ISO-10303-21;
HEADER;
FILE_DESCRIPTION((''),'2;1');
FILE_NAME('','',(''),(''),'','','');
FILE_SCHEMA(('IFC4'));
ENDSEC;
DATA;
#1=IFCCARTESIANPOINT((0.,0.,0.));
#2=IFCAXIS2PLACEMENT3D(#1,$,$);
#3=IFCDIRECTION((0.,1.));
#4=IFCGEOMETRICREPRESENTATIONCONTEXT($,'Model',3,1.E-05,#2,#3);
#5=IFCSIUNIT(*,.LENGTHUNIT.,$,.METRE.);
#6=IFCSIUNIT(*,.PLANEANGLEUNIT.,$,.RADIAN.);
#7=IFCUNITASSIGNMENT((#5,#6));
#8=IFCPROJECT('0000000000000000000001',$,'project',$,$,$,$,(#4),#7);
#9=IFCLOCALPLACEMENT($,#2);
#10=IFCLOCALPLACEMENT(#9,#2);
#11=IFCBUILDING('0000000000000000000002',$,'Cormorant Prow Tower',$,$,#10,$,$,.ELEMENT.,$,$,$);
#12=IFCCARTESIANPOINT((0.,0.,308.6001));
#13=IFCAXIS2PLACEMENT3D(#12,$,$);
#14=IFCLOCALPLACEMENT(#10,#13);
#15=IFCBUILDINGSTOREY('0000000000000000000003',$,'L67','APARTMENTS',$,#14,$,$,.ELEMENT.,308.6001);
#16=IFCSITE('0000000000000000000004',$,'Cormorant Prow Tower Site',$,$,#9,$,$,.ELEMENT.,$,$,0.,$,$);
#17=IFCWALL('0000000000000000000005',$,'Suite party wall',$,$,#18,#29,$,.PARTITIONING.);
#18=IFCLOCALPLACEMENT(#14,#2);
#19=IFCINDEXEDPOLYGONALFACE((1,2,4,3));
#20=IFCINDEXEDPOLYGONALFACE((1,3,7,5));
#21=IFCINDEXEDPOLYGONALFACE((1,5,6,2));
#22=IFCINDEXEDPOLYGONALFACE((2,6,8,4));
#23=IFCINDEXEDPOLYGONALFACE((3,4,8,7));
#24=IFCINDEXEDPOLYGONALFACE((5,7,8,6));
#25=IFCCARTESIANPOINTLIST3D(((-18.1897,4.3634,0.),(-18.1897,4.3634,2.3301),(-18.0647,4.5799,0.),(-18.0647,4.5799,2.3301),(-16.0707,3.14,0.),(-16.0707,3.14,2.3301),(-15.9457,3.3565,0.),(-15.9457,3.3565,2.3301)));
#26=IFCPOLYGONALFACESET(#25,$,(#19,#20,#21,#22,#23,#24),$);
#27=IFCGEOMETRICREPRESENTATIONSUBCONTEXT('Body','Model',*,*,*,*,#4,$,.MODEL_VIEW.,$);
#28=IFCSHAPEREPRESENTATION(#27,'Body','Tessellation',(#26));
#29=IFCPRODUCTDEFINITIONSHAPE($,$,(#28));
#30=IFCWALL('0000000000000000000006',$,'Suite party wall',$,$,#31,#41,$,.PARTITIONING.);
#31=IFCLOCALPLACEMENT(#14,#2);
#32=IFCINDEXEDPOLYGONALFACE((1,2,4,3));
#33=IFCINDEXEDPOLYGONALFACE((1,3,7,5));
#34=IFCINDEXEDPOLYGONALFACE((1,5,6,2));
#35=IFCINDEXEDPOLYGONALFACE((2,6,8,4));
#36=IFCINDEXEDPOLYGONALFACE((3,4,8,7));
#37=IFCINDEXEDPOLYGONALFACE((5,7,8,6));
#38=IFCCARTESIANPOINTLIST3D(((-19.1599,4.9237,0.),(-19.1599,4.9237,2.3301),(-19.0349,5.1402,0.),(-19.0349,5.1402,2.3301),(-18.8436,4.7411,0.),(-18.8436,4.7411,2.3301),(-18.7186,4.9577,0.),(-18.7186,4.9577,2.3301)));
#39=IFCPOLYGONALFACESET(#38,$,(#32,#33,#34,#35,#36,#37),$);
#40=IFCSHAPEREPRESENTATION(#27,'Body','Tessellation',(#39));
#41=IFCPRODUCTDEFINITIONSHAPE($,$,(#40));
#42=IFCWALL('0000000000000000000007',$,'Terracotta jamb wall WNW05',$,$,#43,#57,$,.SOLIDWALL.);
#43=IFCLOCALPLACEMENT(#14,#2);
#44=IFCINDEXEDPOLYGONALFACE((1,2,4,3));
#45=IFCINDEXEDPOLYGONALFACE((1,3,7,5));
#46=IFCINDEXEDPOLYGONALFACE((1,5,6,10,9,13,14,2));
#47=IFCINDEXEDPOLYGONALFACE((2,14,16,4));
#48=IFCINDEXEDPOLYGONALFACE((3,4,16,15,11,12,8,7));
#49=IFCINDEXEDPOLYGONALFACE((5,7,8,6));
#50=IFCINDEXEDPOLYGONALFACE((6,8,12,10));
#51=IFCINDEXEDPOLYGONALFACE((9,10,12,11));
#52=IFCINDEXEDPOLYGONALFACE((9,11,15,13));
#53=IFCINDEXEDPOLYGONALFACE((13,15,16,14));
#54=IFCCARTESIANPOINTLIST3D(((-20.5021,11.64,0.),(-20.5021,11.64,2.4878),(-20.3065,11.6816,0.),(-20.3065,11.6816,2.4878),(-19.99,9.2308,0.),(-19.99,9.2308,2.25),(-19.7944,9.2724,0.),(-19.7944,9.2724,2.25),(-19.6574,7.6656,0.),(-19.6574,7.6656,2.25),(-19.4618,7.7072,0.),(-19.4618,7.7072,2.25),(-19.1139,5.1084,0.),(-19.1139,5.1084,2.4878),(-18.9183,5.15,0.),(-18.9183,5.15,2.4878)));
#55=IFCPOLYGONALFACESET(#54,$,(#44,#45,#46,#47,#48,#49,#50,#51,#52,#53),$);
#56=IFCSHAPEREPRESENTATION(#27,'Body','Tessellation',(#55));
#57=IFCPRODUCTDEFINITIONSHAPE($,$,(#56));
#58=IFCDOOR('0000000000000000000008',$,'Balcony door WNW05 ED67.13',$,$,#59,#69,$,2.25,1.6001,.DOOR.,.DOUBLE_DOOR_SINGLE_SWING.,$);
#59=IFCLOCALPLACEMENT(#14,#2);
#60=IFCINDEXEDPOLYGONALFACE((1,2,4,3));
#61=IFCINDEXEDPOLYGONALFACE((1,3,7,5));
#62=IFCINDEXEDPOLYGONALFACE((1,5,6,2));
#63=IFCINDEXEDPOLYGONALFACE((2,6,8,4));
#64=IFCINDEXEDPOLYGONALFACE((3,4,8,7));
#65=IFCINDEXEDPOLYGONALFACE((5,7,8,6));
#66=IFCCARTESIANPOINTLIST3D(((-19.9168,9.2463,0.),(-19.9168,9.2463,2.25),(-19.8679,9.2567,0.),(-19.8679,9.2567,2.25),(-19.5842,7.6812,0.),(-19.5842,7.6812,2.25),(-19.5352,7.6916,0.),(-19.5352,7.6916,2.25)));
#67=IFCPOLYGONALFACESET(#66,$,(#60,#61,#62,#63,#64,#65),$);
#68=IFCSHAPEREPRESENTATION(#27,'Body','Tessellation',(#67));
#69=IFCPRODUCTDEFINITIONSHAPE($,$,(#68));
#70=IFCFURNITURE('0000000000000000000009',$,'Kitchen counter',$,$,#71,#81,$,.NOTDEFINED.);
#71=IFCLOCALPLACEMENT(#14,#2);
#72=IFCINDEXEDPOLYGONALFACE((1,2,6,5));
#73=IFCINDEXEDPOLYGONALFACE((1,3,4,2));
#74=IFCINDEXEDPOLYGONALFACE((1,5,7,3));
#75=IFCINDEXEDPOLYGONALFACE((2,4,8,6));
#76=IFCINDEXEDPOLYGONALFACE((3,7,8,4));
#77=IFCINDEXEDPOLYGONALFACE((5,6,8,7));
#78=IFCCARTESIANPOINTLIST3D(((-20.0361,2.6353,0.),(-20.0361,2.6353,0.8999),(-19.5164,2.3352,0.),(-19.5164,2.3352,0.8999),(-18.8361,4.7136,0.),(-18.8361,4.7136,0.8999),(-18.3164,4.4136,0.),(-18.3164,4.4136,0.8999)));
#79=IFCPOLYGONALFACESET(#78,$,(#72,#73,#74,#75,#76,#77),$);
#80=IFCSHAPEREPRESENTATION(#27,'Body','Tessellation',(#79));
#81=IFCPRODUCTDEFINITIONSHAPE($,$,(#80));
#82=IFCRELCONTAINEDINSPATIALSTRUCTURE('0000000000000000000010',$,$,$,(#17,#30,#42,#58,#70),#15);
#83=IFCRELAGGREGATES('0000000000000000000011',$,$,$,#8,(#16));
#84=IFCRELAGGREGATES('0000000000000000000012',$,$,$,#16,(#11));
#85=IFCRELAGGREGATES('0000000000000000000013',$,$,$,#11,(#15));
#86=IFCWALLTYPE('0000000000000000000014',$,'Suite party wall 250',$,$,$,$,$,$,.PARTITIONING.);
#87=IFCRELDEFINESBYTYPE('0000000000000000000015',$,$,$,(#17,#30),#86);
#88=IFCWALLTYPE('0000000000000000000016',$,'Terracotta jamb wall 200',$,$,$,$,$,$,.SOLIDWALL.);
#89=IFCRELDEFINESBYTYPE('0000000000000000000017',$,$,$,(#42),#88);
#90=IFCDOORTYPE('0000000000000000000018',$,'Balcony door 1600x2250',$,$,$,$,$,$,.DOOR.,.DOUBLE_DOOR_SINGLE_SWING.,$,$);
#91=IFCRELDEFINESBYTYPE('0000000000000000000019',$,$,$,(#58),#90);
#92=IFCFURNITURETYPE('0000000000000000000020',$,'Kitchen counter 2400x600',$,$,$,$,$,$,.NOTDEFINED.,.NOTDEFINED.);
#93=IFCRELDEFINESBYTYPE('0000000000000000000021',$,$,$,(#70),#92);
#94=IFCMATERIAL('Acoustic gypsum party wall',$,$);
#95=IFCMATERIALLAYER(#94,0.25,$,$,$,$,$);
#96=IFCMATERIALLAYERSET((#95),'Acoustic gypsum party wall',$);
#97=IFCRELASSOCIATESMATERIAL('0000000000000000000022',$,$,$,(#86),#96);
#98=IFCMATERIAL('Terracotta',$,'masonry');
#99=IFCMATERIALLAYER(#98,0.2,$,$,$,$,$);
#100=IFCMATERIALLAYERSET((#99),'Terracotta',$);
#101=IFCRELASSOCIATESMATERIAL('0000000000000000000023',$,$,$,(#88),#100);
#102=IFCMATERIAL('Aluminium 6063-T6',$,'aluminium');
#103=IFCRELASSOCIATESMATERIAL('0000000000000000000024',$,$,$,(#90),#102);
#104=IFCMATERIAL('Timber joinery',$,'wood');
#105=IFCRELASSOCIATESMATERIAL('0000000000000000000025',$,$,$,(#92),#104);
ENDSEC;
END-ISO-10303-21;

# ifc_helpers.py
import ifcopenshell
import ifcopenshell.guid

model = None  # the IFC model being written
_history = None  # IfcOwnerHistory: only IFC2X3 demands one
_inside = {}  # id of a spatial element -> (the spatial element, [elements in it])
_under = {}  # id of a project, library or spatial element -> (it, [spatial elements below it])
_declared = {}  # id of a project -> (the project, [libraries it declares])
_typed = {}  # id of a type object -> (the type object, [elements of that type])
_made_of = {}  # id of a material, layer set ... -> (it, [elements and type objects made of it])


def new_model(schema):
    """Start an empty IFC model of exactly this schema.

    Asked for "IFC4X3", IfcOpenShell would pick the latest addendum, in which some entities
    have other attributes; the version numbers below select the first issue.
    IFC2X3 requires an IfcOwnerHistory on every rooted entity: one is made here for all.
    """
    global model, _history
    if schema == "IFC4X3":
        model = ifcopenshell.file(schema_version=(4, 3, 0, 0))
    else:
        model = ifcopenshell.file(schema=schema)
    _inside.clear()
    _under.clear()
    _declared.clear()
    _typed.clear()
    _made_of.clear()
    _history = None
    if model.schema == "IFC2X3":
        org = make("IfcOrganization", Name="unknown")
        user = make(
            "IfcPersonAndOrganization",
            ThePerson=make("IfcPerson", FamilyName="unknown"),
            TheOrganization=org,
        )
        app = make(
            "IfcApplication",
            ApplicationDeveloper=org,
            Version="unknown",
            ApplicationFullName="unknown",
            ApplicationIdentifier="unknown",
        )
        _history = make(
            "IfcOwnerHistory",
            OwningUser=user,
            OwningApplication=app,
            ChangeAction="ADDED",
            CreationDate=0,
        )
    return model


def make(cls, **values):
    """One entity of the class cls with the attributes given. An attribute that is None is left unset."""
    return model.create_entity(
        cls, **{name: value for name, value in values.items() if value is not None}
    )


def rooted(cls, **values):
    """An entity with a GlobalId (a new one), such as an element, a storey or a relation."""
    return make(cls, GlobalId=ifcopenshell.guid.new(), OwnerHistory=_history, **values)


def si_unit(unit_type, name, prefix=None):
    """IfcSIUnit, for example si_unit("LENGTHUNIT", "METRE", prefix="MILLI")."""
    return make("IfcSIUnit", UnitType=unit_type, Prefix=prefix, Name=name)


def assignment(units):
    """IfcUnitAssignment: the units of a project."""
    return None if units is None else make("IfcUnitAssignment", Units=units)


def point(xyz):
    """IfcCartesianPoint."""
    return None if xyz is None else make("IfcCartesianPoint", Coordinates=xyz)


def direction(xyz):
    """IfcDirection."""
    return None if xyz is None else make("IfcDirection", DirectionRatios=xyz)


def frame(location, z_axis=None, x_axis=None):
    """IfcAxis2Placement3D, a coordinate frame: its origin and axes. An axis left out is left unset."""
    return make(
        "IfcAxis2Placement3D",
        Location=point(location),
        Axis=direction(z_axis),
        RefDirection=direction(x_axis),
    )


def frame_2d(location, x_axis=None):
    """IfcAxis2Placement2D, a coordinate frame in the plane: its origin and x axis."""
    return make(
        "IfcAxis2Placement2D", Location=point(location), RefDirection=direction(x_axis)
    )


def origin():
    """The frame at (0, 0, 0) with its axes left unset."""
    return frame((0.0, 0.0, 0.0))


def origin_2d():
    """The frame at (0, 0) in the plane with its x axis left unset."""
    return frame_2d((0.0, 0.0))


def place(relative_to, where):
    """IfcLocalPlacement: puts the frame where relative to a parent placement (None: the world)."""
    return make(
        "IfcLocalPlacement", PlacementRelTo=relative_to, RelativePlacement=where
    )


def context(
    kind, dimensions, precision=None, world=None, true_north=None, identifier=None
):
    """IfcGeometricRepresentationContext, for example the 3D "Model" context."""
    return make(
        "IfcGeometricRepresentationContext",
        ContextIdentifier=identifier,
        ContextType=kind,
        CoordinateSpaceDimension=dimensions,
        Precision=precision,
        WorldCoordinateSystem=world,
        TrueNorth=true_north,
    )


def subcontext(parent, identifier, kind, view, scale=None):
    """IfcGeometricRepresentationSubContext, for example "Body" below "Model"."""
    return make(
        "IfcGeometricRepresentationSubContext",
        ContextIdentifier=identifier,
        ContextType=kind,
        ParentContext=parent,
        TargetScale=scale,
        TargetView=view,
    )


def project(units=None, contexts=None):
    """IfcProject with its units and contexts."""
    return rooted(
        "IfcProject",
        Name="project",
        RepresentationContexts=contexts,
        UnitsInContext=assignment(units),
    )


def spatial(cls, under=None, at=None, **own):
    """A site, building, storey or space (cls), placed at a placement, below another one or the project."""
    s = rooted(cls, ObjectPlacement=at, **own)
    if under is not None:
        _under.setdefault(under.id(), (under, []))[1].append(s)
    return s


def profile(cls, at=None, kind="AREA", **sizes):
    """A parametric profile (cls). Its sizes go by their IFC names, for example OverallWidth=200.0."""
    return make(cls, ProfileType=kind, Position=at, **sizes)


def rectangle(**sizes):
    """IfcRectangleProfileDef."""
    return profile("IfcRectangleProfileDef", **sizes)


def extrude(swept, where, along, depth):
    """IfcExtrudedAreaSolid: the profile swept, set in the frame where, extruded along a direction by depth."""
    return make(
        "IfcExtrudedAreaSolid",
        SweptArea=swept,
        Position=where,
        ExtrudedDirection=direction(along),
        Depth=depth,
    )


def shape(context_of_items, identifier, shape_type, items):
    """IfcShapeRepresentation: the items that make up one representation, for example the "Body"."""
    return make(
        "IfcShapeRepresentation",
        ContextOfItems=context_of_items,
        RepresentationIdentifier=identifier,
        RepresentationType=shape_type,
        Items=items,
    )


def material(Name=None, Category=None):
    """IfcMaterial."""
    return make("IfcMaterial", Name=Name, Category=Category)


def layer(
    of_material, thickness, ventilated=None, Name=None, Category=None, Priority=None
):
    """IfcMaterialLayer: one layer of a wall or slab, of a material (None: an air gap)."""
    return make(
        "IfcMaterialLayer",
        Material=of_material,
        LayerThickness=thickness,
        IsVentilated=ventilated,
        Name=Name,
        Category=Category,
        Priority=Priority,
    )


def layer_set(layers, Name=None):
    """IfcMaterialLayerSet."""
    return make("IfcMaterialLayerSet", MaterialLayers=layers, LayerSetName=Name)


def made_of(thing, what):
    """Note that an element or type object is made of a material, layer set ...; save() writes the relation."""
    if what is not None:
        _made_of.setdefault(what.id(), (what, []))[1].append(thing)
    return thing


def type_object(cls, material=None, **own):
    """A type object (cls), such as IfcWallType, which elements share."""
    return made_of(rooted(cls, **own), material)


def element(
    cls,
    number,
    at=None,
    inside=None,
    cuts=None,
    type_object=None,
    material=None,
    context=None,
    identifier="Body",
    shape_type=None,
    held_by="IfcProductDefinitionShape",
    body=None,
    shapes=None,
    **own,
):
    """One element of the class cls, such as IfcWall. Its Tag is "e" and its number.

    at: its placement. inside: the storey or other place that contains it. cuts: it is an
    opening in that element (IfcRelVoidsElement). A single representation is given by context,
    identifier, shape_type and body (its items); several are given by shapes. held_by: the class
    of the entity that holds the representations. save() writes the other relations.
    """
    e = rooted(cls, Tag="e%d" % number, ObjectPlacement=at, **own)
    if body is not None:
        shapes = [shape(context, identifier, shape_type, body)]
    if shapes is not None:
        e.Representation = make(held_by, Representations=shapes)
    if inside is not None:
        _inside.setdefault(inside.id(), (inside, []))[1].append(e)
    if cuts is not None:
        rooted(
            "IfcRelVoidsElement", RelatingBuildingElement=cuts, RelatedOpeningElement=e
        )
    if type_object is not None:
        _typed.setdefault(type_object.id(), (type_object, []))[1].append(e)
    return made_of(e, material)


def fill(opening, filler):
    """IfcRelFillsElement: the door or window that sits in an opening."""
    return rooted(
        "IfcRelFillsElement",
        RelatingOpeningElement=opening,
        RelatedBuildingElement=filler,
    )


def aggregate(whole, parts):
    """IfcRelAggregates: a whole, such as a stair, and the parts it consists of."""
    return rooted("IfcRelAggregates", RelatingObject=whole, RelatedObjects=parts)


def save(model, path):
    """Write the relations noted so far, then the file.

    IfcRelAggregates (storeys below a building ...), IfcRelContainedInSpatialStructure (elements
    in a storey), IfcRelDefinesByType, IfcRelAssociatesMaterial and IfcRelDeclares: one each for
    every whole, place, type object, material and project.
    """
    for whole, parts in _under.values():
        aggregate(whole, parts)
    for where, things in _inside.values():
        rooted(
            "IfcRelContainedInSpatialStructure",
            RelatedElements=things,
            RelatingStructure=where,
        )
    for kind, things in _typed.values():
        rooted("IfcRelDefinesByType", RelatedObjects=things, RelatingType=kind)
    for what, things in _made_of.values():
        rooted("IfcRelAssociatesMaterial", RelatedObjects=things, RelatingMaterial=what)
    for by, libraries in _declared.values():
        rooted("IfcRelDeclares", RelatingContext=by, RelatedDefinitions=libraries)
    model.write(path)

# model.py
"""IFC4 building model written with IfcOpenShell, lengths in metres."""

from ifc_helpers import new_model, si_unit, direction, frame, frame_2d, origin, origin_2d, place, context, subcontext, project, spatial, rectangle, extrude, material, layer, layer_set, type_object, element, fill, save


model = new_model("IFC4")

# Units and contexts
model_context = context("Model", 3, precision=1e-05, world=origin(), true_north=direction((0.0, 1.0)))
body_context = subcontext(model_context, "Body", "Model", "MODEL_VIEW")
ifc_project = project(units=[si_unit("LENGTHUNIT", "METRE"), si_unit("PLANEANGLEUNIT", "RADIAN")], contexts=[model_context])

# Site, building, storey
site_placement = place(None, origin())
site = spatial("IfcSite", under=ifc_project, at=site_placement, Name="Cormorant Prow Tower Site", CompositionType="ELEMENT", RefElevation=0.0)
building_placement = place(site_placement, origin())
building = spatial("IfcBuilding", under=site, at=building_placement, Name="Cormorant Prow Tower", CompositionType="ELEMENT")
storey_placement = place(building_placement, frame((0.0, 0.0, 308.6001)))
storey = spatial("IfcBuildingStorey", under=building, at=storey_placement, Name="L67", Description="APARTMENTS", CompositionType="ELEMENT", Elevation=308.6001)

# Walls
ifc_material_1 = material(Name="Acoustic gypsum party wall")
ifc_layer_1 = layer(ifc_material_1, 0.25)
ifc_layer_set_1 = layer_set([ifc_layer_1], Name="Acoustic gypsum party wall")
wall_type_1 = type_object("IfcWallType", Name="Suite party wall 250", PredefinedType="PARTITIONING", material=ifc_layer_set_1)
wall_1_placement = place(storey_placement, frame((-18.1272, 4.4717, 0.0), z_axis=(0.0, 0.0, 1.0), x_axis=(0.866018, -0.500013, 0.0)))
element("IfcWall", 1, at=wall_1_placement, inside=storey, type_object=wall_type_1, Name="Suite party wall", PredefinedType="PARTITIONING", context=body_context, shape_type="SweptSolid", body=[
    extrude(rectangle(XDim=2.4468, YDim=0.25, at=frame_2d((1.2234, 0.0))), origin(), (0.0, 0.0, 1.0), 2.3301),
])
wall_2_placement = place(storey_placement, frame((-19.0974, 5.032, 0.0), z_axis=(0.0, 0.0, 1.0), x_axis=(0.866097, -0.499877, 0.0)))
element("IfcWall", 2, at=wall_2_placement, inside=storey, type_object=wall_type_1, Name="Suite party wall", PredefinedType="PARTITIONING", context=body_context, shape_type="SweptSolid", body=[
    extrude(rectangle(XDim=0.3652, YDim=0.25, at=frame_2d((0.1826, 0.0))), origin(), (0.0, 0.0, 1.0), 2.3301),
])

# Wall, opening, door
ifc_material_2 = material(Name="Terracotta", Category="masonry")
ifc_layer_2 = layer(ifc_material_2, 0.2)
ifc_layer_set_2 = layer_set([ifc_layer_2], Name="Terracotta")
wall_type_2 = type_object("IfcWallType", Name="Terracotta jamb wall 200", PredefinedType="SOLIDWALL", material=ifc_layer_set_2)
wall_3_placement = place(storey_placement, frame((-20.4043, 11.6609, 0.0), z_axis=(0.0, 0.0, 1.0), x_axis=(0.207893, -0.978152, 0.0)))
wall_3 = element("IfcWall", 3, at=wall_3_placement, inside=storey, type_object=wall_type_2, Name="Terracotta jamb wall WNW05", PredefinedType="SOLIDWALL", context=body_context, shape_type="SweptSolid", body=[
    extrude(rectangle(XDim=6.6775, YDim=0.2, at=frame_2d((3.3389, 0.0))), origin(), (0.0, 0.0, 1.0), 2.4878),
])
opening_1_placement = place(wall_3_placement, frame((2.4631, 0.0, 0.0)))
opening_1 = element("IfcOpeningElement", 4, at=opening_1_placement, cuts=wall_3, PredefinedType="OPENING", context=body_context, shape_type="SweptSolid", body=[
    extrude(rectangle(XDim=1.6001, YDim=2.25, at=frame_2d((0.8, 1.125))), frame((0.0, 0.1099, 0.0), z_axis=(0.0, -1.0, 0.0), x_axis=(1.0, 0.0, 0.0)), (0.0, 0.0, 1.0), 0.22),
])
ifc_material_3 = material(Name="Aluminium 6063-T6", Category="aluminium")
door_type_1 = type_object("IfcDoorType", Name="Balcony door 1600x2250", OperationType="DOUBLE_DOOR_SINGLE_SWING", PredefinedType="DOOR", material=ifc_material_3)
door_1_placement = place(opening_1_placement, origin())
door_1 = element("IfcDoor", 5, at=door_1_placement, inside=storey, type_object=door_type_1, Name="Balcony door WNW05 ED67.13", OperationType="DOUBLE_DOOR_SINGLE_SWING", OverallHeight=2.25, OverallWidth=1.6001, PredefinedType="DOOR", context=body_context, shape_type="SweptSolid", body=[
    extrude(rectangle(XDim=1.6001, YDim=2.25, at=frame_2d((0.8, 1.125))), frame((0.0, 0.0249, 0.0), z_axis=(0.0, -1.0, 0.0), x_axis=(1.0, 0.0, 0.0)), (0.0, 0.0, 1.0), 0.05),
])
fill(opening_1, door_1)

# Furniture
ifc_material_4 = material(Name="Timber joinery", Category="wood")
furniture_type = type_object("IfcFurnitureType", Name="Kitchen counter 2400x600", AssemblyPlace="NOTDEFINED", PredefinedType="NOTDEFINED", material=ifc_material_4)
furniture_placement = place(storey_placement, frame((-19.1763, 3.5244, 0.0), z_axis=(0.0, 0.0, 1.0), x_axis=(-0.5, -0.866025, 0.0)))
element("IfcFurniture", 6, at=furniture_placement, inside=storey, type_object=furniture_type, Name="Kitchen counter", PredefinedType="NOTDEFINED", context=body_context, shape_type="SweptSolid", body=[
    extrude(rectangle(XDim=2.3999, YDim=0.6001, at=origin_2d()), origin(), (0.0, 0.0, 1.0), 0.8999),
])

save(model, "model.ifc")
